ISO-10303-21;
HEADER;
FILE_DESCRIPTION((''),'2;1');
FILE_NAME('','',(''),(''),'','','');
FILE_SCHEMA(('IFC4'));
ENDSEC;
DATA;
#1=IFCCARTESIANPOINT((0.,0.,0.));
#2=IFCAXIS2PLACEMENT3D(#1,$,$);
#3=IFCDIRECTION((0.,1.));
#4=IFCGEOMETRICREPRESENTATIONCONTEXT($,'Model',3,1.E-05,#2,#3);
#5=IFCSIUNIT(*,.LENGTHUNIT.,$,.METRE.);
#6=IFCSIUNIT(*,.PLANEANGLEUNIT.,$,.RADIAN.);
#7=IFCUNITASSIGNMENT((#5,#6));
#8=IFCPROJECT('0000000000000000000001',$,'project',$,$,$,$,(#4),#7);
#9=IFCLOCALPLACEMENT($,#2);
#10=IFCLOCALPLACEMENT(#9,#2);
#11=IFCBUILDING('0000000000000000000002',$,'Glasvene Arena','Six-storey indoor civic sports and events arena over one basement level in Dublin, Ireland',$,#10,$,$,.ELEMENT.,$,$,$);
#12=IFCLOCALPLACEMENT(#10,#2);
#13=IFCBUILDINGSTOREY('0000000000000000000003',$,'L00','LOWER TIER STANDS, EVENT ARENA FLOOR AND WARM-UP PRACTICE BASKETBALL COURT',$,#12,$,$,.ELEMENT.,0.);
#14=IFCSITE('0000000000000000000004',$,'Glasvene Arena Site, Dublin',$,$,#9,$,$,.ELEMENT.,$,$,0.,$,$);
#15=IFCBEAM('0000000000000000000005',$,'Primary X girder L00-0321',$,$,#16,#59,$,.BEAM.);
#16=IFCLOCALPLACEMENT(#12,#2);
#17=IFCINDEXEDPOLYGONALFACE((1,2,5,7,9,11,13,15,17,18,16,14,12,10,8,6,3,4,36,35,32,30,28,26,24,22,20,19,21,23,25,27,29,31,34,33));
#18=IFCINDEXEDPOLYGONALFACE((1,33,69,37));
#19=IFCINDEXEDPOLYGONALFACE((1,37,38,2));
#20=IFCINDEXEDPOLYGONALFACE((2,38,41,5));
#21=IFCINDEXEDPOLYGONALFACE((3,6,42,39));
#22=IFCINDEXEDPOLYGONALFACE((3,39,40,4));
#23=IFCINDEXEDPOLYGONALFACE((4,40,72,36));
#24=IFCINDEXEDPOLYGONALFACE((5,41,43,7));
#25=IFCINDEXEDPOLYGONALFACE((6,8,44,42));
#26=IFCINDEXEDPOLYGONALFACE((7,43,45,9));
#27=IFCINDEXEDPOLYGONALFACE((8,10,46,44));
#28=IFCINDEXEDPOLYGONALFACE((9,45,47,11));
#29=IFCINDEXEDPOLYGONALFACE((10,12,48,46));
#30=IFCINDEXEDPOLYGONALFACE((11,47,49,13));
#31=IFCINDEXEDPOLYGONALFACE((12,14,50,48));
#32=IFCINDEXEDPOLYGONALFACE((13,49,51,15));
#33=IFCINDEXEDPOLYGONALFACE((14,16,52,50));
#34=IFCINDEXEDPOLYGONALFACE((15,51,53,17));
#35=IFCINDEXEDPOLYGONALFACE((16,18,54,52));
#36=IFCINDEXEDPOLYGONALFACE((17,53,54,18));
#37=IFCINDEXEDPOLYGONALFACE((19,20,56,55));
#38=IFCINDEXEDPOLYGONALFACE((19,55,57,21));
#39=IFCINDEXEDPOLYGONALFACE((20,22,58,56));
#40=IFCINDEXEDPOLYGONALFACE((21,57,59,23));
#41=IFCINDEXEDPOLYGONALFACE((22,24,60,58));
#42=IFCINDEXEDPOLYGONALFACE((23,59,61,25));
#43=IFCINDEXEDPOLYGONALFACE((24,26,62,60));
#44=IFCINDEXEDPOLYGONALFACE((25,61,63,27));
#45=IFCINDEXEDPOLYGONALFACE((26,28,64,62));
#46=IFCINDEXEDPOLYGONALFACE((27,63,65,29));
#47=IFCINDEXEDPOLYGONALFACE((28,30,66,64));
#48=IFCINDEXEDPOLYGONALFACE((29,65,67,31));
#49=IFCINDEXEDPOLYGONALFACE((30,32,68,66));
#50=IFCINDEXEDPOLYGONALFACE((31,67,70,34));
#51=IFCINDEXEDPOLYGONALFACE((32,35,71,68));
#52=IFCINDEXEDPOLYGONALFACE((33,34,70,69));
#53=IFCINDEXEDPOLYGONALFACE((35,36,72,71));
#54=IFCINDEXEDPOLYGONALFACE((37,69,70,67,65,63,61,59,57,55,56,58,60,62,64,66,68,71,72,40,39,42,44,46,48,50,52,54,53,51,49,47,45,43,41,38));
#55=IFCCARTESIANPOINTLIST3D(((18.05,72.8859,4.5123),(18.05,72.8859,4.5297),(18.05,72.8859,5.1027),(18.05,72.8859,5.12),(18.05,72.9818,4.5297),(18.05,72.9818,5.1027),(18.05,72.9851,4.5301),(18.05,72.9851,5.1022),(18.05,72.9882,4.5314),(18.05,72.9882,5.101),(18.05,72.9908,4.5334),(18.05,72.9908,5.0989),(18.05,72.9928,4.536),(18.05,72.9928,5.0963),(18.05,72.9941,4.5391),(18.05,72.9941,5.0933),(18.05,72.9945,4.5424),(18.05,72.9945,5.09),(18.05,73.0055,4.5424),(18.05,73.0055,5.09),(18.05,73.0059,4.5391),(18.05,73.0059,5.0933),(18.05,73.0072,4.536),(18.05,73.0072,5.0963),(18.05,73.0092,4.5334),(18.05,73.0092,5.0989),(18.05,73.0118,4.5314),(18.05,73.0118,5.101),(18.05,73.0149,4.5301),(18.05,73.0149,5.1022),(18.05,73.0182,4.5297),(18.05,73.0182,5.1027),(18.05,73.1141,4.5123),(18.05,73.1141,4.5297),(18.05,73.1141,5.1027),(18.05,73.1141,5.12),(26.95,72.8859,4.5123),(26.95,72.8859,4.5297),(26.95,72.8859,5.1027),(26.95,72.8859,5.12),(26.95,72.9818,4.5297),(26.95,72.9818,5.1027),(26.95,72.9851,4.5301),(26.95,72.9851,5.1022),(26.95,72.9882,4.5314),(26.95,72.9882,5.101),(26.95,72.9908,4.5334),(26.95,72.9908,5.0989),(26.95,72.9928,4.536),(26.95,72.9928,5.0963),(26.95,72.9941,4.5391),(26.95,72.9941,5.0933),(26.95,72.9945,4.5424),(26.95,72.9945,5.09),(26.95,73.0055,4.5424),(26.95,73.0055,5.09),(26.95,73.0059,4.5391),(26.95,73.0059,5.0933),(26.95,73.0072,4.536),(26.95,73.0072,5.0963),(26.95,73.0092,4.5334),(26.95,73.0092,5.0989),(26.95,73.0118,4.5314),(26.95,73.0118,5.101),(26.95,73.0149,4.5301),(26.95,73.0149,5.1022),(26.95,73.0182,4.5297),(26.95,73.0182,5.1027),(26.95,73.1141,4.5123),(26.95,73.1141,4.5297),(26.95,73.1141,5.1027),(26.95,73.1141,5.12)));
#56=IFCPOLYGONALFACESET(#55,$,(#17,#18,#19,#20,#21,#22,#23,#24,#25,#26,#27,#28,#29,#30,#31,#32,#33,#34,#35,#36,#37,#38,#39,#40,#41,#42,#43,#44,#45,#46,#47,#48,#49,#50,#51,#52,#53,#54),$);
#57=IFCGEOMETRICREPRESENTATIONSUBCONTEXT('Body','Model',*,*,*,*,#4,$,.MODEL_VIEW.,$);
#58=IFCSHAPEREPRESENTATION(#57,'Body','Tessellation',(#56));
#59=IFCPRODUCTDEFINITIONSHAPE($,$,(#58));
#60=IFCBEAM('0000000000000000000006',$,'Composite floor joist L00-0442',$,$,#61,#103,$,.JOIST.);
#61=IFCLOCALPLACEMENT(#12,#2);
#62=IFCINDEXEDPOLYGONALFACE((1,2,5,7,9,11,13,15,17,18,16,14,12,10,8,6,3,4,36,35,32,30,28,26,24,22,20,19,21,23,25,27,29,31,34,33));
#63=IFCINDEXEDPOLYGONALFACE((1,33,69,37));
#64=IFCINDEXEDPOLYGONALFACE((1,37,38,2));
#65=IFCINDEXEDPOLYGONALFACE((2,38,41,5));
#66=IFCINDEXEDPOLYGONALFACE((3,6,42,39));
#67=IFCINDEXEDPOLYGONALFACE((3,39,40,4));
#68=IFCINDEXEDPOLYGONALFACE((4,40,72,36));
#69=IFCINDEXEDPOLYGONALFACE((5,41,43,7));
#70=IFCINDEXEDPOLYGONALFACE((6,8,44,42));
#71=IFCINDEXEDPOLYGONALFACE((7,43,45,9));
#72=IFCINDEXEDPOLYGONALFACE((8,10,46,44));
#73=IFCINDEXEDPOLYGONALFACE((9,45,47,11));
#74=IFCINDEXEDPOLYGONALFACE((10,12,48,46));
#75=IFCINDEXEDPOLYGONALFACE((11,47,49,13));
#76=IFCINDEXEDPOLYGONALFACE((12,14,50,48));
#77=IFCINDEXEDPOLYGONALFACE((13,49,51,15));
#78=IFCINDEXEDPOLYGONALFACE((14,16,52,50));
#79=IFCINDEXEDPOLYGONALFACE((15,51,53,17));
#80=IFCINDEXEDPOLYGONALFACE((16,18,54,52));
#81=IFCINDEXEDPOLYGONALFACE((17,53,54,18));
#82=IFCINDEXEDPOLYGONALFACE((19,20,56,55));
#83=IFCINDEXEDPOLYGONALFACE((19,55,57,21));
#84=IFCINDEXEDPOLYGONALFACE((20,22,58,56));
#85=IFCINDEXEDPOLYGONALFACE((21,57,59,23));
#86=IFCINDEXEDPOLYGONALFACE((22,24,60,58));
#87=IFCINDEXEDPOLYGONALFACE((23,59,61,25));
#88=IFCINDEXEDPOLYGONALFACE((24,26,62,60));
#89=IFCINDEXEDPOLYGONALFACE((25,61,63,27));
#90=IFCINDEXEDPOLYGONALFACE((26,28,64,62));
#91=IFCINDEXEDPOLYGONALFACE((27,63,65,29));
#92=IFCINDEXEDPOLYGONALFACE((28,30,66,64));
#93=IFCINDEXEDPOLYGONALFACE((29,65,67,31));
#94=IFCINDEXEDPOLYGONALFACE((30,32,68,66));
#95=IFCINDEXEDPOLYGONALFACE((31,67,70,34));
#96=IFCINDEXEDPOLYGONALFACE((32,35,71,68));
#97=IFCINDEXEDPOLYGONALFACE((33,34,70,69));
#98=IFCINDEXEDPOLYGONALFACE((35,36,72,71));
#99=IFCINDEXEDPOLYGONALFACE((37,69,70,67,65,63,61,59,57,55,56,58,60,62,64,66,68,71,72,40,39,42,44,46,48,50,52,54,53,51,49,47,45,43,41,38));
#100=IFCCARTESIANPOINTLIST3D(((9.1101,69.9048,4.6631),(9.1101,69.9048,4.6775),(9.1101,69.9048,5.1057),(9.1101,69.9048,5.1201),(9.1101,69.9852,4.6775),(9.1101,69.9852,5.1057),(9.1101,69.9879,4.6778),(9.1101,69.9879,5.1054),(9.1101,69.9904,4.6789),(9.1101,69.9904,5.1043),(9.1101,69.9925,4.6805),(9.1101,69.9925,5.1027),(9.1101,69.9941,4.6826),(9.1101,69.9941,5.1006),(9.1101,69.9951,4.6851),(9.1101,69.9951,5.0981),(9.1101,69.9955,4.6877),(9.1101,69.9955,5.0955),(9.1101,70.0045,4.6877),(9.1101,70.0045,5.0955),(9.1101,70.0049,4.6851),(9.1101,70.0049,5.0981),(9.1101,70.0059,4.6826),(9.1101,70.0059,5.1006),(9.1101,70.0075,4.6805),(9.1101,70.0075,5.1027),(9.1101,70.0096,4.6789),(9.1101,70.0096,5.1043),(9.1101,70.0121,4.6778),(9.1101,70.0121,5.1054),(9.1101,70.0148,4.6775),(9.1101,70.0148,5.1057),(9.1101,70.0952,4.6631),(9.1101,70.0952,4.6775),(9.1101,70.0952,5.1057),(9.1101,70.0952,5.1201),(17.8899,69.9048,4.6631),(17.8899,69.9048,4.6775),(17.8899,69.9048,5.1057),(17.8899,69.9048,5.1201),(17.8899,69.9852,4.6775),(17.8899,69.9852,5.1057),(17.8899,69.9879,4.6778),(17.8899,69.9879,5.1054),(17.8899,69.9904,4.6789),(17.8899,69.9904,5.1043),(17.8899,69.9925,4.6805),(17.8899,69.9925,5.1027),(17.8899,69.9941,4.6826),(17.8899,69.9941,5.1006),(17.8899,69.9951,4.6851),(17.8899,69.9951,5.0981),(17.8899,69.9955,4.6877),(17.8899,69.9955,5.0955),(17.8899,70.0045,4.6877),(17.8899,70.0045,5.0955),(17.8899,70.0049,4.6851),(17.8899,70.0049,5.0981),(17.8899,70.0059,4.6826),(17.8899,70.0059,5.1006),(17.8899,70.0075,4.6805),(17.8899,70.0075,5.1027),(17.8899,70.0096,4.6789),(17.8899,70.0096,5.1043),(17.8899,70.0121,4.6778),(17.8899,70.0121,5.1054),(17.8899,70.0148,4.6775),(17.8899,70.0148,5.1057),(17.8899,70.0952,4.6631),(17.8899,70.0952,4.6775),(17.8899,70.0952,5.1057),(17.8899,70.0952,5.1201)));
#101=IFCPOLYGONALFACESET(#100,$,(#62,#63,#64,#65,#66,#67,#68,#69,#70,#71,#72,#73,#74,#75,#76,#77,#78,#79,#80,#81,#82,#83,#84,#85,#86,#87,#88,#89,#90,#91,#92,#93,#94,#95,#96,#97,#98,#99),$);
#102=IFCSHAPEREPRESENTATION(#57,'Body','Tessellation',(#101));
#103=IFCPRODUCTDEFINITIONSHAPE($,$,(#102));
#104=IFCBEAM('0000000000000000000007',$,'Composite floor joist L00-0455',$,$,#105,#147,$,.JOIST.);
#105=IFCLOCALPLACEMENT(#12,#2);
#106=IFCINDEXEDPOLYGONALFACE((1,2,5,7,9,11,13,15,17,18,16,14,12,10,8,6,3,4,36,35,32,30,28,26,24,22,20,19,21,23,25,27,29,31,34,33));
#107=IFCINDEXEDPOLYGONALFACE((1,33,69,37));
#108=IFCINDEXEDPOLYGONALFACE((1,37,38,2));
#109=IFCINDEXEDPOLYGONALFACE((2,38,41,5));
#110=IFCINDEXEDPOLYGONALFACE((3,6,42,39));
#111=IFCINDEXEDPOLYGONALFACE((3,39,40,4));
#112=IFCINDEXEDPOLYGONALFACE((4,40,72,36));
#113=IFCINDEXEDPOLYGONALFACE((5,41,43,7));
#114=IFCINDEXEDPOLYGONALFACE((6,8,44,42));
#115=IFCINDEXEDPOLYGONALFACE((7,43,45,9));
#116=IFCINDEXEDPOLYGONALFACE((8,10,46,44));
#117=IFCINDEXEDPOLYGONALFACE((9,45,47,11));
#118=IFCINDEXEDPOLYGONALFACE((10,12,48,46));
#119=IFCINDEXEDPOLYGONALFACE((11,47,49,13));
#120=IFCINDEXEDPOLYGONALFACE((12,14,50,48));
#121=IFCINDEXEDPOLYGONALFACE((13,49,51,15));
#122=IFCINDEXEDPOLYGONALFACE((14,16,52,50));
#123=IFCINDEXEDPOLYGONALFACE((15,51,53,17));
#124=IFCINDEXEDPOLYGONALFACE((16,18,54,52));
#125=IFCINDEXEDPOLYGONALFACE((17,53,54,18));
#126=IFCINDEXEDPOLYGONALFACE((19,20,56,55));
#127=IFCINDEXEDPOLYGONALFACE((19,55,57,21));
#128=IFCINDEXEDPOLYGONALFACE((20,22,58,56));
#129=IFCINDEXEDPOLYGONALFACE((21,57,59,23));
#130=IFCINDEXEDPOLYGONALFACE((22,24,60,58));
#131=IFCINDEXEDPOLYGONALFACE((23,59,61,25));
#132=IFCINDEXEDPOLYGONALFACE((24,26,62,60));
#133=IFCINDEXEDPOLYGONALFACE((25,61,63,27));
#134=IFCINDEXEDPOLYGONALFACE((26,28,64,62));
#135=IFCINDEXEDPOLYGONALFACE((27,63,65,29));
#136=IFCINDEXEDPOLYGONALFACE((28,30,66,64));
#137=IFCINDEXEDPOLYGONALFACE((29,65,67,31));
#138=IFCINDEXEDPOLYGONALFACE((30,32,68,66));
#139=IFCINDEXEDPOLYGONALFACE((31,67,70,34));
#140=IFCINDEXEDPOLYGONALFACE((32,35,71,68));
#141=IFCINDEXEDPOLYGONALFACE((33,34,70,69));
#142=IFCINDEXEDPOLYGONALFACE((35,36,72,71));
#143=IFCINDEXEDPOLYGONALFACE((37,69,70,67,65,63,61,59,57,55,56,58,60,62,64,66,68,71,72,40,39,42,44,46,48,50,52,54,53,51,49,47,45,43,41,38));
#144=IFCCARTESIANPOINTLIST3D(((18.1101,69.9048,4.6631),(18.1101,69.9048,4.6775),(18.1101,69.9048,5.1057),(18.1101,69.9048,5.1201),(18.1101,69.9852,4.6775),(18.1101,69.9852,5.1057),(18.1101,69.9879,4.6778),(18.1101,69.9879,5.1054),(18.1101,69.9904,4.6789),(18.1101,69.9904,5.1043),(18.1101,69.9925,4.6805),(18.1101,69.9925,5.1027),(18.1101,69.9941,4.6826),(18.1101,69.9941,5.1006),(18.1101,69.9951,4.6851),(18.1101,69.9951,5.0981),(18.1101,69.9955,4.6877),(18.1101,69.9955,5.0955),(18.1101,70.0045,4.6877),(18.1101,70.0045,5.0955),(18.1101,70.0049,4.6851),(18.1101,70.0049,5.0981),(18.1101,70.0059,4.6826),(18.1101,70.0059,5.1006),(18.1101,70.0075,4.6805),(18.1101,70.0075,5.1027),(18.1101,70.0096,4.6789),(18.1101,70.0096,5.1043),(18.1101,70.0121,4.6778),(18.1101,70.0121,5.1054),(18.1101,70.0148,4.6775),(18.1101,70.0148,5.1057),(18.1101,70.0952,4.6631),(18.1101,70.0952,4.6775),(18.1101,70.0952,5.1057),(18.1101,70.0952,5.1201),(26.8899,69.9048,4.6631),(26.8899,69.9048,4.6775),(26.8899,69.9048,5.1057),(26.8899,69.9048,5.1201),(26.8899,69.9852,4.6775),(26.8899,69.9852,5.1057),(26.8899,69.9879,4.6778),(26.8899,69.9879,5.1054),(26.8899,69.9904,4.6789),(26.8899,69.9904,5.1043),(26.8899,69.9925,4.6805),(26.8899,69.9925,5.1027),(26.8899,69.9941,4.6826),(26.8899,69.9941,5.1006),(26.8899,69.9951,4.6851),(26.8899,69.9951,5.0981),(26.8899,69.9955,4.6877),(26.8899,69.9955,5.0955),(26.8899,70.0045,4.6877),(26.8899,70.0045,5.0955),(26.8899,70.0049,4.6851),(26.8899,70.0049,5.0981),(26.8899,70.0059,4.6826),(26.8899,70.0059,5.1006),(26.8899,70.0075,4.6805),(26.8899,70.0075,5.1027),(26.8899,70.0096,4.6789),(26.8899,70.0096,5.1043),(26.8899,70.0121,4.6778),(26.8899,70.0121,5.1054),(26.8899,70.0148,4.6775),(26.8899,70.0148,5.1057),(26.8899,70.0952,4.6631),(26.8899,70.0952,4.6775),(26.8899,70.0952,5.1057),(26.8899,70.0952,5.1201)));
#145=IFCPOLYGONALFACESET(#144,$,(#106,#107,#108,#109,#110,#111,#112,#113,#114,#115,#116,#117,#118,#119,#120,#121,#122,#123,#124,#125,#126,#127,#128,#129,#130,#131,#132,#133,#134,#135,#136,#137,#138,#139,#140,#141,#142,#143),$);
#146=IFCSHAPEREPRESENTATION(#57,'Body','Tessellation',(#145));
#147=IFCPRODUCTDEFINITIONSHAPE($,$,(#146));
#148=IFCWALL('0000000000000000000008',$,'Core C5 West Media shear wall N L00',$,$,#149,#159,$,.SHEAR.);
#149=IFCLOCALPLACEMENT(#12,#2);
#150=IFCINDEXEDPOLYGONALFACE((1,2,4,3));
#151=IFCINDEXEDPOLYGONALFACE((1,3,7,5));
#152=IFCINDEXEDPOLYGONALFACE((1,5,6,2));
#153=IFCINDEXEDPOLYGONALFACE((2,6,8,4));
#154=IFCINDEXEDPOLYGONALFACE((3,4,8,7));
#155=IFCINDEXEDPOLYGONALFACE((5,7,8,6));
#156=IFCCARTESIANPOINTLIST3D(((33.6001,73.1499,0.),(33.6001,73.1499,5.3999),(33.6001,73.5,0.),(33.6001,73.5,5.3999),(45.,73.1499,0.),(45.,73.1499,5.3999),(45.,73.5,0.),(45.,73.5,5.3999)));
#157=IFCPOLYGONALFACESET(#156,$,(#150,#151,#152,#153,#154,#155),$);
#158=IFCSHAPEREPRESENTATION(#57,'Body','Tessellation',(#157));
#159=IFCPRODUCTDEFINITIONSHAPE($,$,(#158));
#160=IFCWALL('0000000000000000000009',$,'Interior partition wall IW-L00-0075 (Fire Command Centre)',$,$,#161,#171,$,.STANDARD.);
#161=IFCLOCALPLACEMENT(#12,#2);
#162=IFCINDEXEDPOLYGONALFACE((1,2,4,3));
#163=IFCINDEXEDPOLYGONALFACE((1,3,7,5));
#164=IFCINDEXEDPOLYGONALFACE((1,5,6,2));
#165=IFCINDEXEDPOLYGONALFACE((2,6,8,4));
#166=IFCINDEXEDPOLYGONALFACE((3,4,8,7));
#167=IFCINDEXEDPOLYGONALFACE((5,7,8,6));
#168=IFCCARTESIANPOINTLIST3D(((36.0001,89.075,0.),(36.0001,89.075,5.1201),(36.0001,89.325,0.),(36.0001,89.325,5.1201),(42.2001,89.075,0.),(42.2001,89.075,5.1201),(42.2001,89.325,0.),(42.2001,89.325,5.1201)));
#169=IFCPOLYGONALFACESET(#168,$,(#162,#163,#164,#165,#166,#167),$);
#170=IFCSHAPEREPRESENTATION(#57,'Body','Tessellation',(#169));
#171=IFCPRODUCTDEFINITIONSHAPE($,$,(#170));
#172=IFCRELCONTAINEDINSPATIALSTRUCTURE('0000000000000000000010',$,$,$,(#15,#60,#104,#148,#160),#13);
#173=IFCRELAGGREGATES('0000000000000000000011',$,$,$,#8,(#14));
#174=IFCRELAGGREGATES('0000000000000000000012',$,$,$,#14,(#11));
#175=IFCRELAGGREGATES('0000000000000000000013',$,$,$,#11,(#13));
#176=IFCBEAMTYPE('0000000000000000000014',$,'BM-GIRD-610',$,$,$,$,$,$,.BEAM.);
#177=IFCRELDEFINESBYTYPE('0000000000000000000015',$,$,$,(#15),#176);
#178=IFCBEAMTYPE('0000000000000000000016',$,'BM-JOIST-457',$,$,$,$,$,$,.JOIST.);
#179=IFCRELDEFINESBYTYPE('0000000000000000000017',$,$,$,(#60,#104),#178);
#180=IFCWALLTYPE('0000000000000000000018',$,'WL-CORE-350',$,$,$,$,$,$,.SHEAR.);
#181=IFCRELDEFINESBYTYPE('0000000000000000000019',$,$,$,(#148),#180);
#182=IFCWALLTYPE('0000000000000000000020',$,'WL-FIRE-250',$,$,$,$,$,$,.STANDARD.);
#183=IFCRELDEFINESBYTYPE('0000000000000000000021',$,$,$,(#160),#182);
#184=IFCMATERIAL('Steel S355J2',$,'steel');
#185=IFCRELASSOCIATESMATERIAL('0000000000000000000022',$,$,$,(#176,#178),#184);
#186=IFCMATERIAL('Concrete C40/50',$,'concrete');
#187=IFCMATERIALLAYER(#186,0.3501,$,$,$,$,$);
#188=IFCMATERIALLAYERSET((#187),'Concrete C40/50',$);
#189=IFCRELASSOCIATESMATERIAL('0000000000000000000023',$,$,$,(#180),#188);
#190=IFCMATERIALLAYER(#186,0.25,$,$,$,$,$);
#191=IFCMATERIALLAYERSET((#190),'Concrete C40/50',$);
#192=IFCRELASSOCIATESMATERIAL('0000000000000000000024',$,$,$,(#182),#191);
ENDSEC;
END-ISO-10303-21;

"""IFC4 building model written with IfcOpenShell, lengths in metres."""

from ifc_helpers import new_model, si_unit, direction, frame, frame_2d, origin, origin_2d, place, context, subcontext, project, spatial, rectangle, i_section, extrude, material, layer, layer_set, material_profile, profile_set, type_object, element, save


model = new_model("IFC4")

# Units and contexts
model_context = context("Model", 3, precision=1e-05, world=origin(), true_north=direction((0.0, 1.0)))
body_context = subcontext(model_context, "Body", "Model", "MODEL_VIEW")
ifc_project = project(units=[si_unit("LENGTHUNIT", "METRE"), si_unit("PLANEANGLEUNIT", "RADIAN")], contexts=[model_context])

# Site, building, storey
site_placement = place(None, origin())
site = spatial("IfcSite", under=ifc_project, at=site_placement, Name="Glasvene Arena Site, Dublin", CompositionType="ELEMENT", RefElevation=0.0)
building_placement = place(site_placement, origin())
building = spatial("IfcBuilding", under=site, at=building_placement, Name="Glasvene Arena", Description="Six-storey indoor civic sports and events arena over one basement level in Dublin, Ireland", CompositionType="ELEMENT")
storey_placement = place(building_placement, origin())
storey = spatial("IfcBuildingStorey", under=building, at=storey_placement, Name="L00", Description="LOWER TIER STANDS, EVENT ARENA FLOOR AND WARM-UP PRACTICE BASKETBALL COURT", CompositionType="ELEMENT", Elevation=0.0)

# Shared definitions
ifc_material_1 = material(Name="Steel S355J2", Category="steel")

# Beams
ifc_material_profile_1 = material_profile(ifc_material_1, i_section(OverallWidth=0.2283, OverallDepth=0.6077, WebThickness=0.011, FlangeThickness=0.0173, FilletRadius=0.0127, at=origin_2d()), Name="UKB 610x229x113")
ifc_profile_set_1 = profile_set([ifc_material_profile_1], Name="Steel S355J2")
beam_type_1 = type_object("IfcBeamType", Name="BM-GIRD-610", PredefinedType="BEAM", material=ifc_profile_set_1)
for number, where, z_axis, x_axis, name in (
    (1, (18.05, 73.0, 4.8162), (1.0, 0.0, 0.0), (0.0, 1.0, 0.0), "Primary X girder L00-0321"),
):
    element("IfcBeam", number, at=place(storey_placement, frame(where, z_axis=z_axis, x_axis=x_axis)), inside=storey, type_object=beam_type_1, Name=name, PredefinedType="BEAM", context=body_context, shape_type="SweptSolid", body=[
        extrude(i_section(OverallWidth=0.2283, OverallDepth=0.6077, WebThickness=0.011, FlangeThickness=0.0173, FilletRadius=0.0127, at=origin_2d()), origin(), (0.0, 0.0, 1.0), 8.8999),
    ])
ifc_material_profile_2 = material_profile(ifc_material_1, i_section(OverallWidth=0.1904, OverallDepth=0.457, WebThickness=0.009, FlangeThickness=0.0144, FilletRadius=0.0103, at=origin_2d()), Name="UKB 457x191x74")
ifc_profile_set_2 = profile_set([ifc_material_profile_2], Name="Steel S355J2")
beam_type_2 = type_object("IfcBeamType", Name="BM-JOIST-457", PredefinedType="JOIST", material=ifc_profile_set_2)
for number, where, z_axis, x_axis, name in (
    (2, (9.1101, 70.0, 4.8916), (1.0, 0.0, 0.0), (0.0, 1.0, 0.0), "Composite floor joist L00-0442"),
    (3, (18.1101, 70.0, 4.8916), (1.0, 0.0, 0.0), (0.0, 1.0, 0.0), "Composite floor joist L00-0455"),
):
    element("IfcBeam", number, at=place(storey_placement, frame(where, z_axis=z_axis, x_axis=x_axis)), inside=storey, type_object=beam_type_2, Name=name, PredefinedType="JOIST", context=body_context, shape_type="SweptSolid", body=[
        extrude(i_section(OverallWidth=0.1904, OverallDepth=0.457, WebThickness=0.009, FlangeThickness=0.0144, FilletRadius=0.0103, at=origin_2d()), origin(), (0.0, 0.0, 1.0), 8.7798),
    ])

# Shared definitions
ifc_material_2 = material(Name="Concrete C40/50", Category="concrete")

# Walls
ifc_layer_1 = layer(ifc_material_2, 0.3501)
ifc_layer_set_1 = layer_set([ifc_layer_1], Name="Concrete C40/50")
wall_type_1 = type_object("IfcWallType", Name="WL-CORE-350", PredefinedType="SHEAR", material=ifc_layer_set_1)
wall_1_placement = place(storey_placement, frame((33.6001, 73.325, 0.0), z_axis=(0.0, 0.0, 1.0), x_axis=(1.0, 0.0, 0.0)))
element("IfcWall", 4, at=wall_1_placement, inside=storey, type_object=wall_type_1, Name="Core C5 West Media shear wall N L00", PredefinedType="SHEAR", context=body_context, shape_type="SweptSolid", body=[
    extrude(rectangle(XDim=11.3999, YDim=0.3501, at=frame_2d((5.7, 0.0))), origin(), (0.0, 0.0, 1.0), 5.3999),
])
ifc_layer_2 = layer(ifc_material_2, 0.25)
ifc_layer_set_2 = layer_set([ifc_layer_2], Name="Concrete C40/50")
wall_type_2 = type_object("IfcWallType", Name="WL-FIRE-250", PredefinedType="STANDARD", material=ifc_layer_set_2)
wall_2_placement = place(storey_placement, frame((36.0, 89.2, 0.0), z_axis=(0.0, 0.0, 1.0), x_axis=(1.0, 0.0, 0.0)))
element("IfcWall", 5, at=wall_2_placement, inside=storey, type_object=wall_type_2, Name="Interior partition wall IW-L00-0075 (Fire Command Centre)", PredefinedType="STANDARD", context=body_context, shape_type="SweptSolid", body=[
    extrude(rectangle(XDim=6.2, YDim=0.25, at=frame_2d((3.1001, 0.0))), origin(), (0.0, 0.0, 1.0), 5.1201),
])

save(model, "model.ifc")
